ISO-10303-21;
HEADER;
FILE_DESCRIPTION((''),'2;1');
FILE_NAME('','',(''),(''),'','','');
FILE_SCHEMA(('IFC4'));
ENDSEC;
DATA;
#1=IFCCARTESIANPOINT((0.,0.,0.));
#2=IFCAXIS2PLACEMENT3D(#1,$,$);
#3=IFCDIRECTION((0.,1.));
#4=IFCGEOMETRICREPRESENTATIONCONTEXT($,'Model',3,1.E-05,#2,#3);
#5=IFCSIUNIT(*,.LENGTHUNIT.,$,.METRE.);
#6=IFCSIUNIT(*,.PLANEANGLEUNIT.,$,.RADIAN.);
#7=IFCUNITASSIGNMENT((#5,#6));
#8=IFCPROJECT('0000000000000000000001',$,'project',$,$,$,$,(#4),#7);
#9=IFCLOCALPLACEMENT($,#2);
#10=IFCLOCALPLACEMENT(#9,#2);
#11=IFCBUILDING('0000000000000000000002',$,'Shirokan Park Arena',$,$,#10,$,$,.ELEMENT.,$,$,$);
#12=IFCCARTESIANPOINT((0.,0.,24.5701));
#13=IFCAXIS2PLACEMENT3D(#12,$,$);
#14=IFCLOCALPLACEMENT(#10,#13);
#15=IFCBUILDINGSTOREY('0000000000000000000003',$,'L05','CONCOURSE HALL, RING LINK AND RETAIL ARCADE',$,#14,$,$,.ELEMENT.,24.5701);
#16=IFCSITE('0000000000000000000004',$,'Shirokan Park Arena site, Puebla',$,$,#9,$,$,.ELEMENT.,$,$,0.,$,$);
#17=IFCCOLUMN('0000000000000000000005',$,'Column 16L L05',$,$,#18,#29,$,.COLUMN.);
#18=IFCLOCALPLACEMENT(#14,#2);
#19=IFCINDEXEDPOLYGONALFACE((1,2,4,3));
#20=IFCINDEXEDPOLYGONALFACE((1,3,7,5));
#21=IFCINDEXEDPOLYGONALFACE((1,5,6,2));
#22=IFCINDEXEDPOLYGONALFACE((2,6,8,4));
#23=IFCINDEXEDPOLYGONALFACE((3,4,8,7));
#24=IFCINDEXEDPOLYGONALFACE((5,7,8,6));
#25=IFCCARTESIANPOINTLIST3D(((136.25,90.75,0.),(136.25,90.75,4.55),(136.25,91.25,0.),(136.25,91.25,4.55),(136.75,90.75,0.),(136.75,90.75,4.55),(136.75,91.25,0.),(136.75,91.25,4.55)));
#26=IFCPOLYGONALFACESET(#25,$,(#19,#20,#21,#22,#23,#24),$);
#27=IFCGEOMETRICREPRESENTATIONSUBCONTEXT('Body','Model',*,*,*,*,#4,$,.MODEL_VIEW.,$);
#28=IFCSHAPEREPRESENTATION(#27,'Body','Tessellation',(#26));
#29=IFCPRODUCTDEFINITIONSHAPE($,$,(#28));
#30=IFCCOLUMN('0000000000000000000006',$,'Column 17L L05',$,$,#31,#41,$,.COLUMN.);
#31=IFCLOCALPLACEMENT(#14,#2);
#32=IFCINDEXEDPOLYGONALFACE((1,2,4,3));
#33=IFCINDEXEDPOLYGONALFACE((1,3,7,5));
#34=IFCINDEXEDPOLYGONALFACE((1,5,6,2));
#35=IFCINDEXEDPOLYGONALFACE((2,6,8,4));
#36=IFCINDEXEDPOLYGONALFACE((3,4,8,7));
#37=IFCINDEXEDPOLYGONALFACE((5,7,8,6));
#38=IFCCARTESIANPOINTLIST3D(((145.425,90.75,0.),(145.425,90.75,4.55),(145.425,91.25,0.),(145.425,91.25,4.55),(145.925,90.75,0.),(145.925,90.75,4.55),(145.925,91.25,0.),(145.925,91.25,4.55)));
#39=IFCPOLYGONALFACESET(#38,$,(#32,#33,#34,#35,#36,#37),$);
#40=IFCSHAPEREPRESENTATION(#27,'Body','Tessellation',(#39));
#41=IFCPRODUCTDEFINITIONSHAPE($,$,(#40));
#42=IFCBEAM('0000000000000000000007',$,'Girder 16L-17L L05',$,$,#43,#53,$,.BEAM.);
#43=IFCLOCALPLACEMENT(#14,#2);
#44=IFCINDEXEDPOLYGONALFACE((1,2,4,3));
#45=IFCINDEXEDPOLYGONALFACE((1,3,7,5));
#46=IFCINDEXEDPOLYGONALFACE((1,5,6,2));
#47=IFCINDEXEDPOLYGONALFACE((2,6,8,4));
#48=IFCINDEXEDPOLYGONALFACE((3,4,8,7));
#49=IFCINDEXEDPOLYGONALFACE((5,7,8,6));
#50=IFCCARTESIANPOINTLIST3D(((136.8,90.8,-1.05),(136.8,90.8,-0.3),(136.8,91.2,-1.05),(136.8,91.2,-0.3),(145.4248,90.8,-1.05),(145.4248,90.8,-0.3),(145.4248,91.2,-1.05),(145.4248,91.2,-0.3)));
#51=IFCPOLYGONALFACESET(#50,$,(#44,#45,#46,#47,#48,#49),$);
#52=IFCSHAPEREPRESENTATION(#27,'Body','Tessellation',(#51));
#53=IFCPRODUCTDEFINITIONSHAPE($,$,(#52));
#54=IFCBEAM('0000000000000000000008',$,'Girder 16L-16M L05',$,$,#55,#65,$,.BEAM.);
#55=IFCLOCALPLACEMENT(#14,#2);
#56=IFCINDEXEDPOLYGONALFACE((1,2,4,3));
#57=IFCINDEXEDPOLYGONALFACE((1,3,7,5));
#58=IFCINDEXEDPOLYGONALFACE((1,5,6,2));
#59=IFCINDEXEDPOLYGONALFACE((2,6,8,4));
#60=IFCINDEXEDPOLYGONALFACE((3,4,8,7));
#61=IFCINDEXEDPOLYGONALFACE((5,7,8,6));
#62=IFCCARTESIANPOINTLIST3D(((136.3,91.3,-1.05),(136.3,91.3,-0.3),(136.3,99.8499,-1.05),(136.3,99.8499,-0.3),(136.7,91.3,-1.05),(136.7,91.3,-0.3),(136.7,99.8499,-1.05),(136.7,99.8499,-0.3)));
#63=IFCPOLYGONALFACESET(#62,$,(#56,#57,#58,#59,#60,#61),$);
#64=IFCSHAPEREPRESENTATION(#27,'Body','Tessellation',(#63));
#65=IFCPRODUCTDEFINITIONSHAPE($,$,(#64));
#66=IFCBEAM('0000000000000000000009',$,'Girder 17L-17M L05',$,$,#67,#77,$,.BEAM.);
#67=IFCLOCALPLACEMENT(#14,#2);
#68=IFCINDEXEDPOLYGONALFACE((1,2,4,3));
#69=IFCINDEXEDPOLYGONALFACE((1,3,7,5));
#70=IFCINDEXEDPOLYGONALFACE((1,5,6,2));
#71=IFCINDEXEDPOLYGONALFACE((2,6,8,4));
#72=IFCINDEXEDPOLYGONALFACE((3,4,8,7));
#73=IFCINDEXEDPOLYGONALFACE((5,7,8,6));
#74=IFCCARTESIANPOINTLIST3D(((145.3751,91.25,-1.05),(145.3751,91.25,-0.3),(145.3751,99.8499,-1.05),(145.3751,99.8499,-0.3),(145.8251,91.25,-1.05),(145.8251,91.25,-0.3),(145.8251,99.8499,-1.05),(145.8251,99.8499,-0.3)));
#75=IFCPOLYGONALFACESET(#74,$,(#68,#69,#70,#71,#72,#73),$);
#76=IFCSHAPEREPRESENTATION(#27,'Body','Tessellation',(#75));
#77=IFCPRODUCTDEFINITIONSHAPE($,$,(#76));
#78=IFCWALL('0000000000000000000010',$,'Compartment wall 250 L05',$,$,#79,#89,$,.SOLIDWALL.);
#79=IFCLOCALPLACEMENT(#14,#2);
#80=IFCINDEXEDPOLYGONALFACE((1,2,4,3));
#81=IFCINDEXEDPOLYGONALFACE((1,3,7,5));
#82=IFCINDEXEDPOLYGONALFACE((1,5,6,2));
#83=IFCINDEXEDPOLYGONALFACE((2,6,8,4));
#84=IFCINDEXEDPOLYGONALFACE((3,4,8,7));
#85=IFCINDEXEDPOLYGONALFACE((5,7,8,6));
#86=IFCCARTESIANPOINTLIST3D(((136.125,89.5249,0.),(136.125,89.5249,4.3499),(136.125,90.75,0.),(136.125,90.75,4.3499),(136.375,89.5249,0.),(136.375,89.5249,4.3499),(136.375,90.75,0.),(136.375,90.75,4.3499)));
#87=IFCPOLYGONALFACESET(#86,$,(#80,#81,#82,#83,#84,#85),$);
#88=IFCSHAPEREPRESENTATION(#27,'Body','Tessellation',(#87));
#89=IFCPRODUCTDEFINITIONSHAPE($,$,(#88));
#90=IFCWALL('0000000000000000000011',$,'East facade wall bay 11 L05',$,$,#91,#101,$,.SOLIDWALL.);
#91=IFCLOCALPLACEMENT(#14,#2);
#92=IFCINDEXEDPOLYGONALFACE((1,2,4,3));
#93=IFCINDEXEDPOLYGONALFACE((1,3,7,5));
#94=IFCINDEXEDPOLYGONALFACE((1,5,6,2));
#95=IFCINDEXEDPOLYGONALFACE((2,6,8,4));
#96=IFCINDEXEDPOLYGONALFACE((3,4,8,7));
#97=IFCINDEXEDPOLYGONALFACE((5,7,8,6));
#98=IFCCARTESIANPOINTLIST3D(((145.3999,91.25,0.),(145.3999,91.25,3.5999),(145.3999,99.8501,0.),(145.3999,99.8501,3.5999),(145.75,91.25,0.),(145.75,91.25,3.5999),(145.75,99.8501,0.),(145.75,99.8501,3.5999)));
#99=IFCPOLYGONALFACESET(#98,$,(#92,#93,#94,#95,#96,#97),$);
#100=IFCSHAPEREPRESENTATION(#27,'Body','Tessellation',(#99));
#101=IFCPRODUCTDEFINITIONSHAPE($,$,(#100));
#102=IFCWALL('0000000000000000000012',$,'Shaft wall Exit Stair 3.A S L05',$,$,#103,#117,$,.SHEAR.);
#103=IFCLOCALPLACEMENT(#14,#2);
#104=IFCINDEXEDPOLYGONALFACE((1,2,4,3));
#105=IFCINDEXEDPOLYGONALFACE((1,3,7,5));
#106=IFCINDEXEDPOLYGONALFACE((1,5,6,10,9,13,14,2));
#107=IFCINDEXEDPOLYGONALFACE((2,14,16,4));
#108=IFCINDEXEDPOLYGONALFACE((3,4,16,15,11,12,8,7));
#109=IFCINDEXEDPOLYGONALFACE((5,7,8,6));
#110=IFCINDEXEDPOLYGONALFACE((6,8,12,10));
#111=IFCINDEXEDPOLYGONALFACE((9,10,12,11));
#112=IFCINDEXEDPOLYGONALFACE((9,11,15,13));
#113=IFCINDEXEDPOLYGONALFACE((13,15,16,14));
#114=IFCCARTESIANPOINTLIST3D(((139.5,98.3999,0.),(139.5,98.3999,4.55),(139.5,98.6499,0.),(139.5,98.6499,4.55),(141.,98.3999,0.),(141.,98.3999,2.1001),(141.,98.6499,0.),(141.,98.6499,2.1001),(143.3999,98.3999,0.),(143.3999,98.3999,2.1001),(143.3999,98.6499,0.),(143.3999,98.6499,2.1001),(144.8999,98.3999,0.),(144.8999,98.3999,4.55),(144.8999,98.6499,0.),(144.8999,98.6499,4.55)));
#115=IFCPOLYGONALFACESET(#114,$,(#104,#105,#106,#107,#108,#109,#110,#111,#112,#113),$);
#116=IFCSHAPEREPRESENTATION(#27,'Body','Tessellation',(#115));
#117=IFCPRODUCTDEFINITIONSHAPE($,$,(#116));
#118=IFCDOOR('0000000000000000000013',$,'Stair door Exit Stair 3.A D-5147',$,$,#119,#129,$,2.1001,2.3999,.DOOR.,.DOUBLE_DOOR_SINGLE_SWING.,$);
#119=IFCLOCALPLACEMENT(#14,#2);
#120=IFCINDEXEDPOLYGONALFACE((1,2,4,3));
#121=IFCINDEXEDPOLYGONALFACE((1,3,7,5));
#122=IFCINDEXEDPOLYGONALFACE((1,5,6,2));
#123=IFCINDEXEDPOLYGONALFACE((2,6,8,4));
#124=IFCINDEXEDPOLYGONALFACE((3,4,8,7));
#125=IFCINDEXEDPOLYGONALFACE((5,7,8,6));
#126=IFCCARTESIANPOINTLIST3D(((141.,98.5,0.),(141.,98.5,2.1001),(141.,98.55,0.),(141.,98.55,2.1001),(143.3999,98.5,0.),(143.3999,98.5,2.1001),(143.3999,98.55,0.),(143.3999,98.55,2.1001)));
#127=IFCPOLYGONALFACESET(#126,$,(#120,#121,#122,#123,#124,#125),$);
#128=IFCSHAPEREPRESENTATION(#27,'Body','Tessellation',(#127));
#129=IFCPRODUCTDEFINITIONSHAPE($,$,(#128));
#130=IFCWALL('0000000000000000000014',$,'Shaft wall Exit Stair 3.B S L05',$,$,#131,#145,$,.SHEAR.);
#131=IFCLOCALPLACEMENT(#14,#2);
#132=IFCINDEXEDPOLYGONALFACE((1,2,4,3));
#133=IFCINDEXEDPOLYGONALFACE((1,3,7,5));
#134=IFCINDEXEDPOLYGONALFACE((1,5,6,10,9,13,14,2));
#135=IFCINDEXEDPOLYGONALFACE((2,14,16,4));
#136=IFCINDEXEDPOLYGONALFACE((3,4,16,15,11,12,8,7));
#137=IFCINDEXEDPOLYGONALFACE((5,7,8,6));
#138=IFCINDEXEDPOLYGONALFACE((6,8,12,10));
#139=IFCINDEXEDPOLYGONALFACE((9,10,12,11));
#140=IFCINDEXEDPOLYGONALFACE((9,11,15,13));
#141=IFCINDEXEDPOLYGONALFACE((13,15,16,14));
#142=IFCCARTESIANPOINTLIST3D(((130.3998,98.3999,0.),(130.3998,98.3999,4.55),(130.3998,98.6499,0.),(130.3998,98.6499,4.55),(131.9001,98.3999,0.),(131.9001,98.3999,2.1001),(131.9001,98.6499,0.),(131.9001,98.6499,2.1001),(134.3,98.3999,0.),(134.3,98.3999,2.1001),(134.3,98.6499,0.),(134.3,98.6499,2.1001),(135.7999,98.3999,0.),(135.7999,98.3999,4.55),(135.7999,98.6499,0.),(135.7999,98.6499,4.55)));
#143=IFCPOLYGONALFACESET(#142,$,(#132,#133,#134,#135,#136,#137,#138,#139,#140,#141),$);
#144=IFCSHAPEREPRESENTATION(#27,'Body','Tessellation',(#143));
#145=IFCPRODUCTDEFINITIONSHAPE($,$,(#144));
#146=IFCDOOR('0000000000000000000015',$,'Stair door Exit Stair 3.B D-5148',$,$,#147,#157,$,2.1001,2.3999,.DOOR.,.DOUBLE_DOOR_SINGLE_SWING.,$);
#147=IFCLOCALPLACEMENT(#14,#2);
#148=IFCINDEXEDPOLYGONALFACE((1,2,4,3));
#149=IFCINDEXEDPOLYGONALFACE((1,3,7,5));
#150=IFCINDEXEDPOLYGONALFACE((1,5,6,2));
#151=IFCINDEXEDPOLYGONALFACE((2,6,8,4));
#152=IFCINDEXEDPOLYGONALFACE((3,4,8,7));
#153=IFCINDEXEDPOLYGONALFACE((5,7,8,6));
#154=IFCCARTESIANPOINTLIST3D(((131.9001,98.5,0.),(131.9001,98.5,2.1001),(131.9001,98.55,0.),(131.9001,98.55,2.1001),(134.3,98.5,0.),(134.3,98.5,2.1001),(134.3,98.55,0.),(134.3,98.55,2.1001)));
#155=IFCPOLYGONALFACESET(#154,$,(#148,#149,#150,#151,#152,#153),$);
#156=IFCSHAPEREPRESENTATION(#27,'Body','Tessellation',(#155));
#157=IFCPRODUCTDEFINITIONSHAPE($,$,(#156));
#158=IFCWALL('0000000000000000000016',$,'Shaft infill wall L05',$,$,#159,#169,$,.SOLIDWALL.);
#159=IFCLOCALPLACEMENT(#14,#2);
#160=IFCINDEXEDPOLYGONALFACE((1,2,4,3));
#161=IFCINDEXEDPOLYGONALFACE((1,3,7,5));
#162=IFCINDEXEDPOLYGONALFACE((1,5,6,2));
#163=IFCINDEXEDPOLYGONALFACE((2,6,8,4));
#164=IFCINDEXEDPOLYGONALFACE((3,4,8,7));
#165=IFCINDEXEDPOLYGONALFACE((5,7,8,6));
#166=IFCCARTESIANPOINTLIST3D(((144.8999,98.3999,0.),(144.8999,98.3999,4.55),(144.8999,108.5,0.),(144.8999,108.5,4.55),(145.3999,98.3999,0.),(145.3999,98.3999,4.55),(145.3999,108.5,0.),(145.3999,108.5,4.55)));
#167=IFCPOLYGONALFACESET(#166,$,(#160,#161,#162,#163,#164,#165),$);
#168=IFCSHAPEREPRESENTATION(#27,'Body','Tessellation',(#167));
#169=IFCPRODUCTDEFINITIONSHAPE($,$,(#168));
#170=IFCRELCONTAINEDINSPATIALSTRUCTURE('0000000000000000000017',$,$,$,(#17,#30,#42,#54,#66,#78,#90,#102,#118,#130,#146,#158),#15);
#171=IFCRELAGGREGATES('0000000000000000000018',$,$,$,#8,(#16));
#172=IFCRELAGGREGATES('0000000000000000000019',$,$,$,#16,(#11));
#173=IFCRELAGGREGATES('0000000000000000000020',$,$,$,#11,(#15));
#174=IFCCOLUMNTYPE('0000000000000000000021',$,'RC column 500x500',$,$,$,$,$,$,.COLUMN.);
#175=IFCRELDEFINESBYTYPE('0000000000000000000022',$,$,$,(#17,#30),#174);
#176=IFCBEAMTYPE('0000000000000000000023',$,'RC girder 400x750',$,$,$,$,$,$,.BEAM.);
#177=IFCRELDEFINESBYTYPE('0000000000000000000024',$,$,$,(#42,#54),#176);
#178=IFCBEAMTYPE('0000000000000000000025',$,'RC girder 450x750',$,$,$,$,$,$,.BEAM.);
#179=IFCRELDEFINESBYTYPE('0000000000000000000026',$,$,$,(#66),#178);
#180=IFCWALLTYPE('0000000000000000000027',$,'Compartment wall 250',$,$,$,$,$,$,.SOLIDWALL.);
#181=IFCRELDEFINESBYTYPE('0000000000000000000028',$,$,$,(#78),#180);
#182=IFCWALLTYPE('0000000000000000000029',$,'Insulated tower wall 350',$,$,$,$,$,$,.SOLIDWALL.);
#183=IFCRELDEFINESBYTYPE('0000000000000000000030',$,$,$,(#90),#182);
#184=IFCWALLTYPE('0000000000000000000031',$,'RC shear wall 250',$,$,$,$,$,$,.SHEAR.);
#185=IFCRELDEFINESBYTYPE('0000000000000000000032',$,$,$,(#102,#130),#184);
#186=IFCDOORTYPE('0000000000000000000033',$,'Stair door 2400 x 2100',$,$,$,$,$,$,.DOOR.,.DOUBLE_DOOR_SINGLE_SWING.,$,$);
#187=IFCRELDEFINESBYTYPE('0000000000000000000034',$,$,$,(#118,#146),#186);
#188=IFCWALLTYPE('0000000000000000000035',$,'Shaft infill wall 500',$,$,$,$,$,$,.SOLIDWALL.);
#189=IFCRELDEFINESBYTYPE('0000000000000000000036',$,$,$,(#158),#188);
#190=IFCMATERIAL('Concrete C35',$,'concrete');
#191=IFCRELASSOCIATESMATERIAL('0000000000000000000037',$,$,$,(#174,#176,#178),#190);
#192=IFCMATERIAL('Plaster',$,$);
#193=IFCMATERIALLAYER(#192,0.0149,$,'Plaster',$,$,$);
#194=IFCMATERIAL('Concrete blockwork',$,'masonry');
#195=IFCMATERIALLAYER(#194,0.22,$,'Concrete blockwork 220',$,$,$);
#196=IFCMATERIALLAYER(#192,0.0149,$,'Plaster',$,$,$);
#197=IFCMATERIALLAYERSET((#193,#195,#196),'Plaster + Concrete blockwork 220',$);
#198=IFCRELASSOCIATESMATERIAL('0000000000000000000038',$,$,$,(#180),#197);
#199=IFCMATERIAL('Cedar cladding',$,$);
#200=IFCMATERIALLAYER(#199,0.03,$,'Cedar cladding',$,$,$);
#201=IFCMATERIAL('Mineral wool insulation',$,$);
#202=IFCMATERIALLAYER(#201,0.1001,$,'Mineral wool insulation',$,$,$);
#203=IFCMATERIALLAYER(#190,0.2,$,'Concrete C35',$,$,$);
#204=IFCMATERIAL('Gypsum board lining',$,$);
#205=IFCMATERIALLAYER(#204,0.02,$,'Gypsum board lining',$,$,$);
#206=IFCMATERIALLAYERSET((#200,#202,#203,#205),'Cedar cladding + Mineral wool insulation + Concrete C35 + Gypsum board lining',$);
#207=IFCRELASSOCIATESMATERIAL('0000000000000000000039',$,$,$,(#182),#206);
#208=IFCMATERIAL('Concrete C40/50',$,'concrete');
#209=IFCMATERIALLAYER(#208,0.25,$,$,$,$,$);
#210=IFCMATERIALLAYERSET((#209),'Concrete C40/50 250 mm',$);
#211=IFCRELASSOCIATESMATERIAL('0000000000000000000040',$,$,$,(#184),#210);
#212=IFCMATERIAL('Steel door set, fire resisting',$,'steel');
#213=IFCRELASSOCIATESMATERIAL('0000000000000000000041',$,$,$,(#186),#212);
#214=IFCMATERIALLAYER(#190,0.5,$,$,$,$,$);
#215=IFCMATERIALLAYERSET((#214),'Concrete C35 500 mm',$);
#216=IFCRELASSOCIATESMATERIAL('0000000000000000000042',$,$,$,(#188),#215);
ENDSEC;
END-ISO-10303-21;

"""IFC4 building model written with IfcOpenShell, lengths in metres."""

from ifc_helpers import new_model, si_unit, direction, frame, frame_2d, origin, origin_2d, place, context, subcontext, project, spatial, rectangle, extrude, material, layer, layer_set, material_profile, profile_set, type_object, element, fill, save


model = new_model("IFC4")

# Units and contexts
model_context = context("Model", 3, precision=1e-05, world=origin(), true_north=direction((0.0, 1.0)))
body_context = subcontext(model_context, "Body", "Model", "MODEL_VIEW")
ifc_project = project(units=[si_unit("LENGTHUNIT", "METRE"), si_unit("PLANEANGLEUNIT", "RADIAN")], contexts=[model_context])

# Site, building, storey
site_placement = place(None, origin())
site = spatial("IfcSite", under=ifc_project, at=site_placement, Name="Shirokan Park Arena site, Puebla", CompositionType="ELEMENT", RefElevation=0.0)
building_placement = place(site_placement, origin())
building = spatial("IfcBuilding", under=site, at=building_placement, Name="Shirokan Park Arena", CompositionType="ELEMENT")
storey_placement = place(building_placement, frame((0.0, 0.0, 24.5701)))
storey = spatial("IfcBuildingStorey", under=building, at=storey_placement, Name="L05", Description="CONCOURSE HALL, RING LINK AND RETAIL ARCADE", CompositionType="ELEMENT", Elevation=24.5701)

# Columns
ifc_material_1 = material(Name="Concrete C35", Category="concrete")
ifc_material_profile_1 = material_profile(ifc_material_1, rectangle(XDim=0.5, YDim=0.5, at=origin_2d()), Name="500x500")
ifc_profile_set_1 = profile_set([ifc_material_profile_1], Name="Concrete C35")
column_type = type_object("IfcColumnType", Name="RC column 500x500", PredefinedType="COLUMN", material=ifc_profile_set_1)
for number, where, z_axis, x_axis, name in (
    (1, (136.5, 91.0, 0.0), (0.0, 0.0, 1.0), (1.0, 0.0, 0.0), "Column 16L L05"),
    (2, (145.675, 91.0, 0.0), (0.0, 0.0, 1.0), (1.0, 0.0, 0.0), "Column 17L L05"),
):
    element("IfcColumn", number, at=place(storey_placement, frame(where, z_axis=z_axis, x_axis=x_axis)), inside=storey, type_object=column_type, Name=name, PredefinedType="COLUMN", context=body_context, shape_type="SweptSolid", body=[
        extrude(rectangle(XDim=0.5, YDim=0.5, at=origin_2d()), origin(), (0.0, 0.0, 1.0), 4.55),
    ])

# Beams
ifc_material_profile_2 = material_profile(ifc_material_1, rectangle(XDim=0.3999, YDim=0.75, at=origin_2d()), Name="400x750")
ifc_profile_set_2 = profile_set([ifc_material_profile_2], Name="Concrete C35")
beam_type_1 = type_object("IfcBeamType", Name="RC girder 400x750", PredefinedType="BEAM", material=ifc_profile_set_2)
beam_1_placement = place(storey_placement, frame((136.8, 91.0, -0.675), z_axis=(1.0, 0.0, 0.0), x_axis=(0.0, 1.0, 0.0)))
element("IfcBeam", 3, at=beam_1_placement, inside=storey, type_object=beam_type_1, Name="Girder 16L-17L L05", PredefinedType="BEAM", context=body_context, shape_type="SweptSolid", body=[
    extrude(rectangle(XDim=0.3999, YDim=0.75, at=origin_2d()), origin(), (0.0, 0.0, 1.0), 8.6248),
])
beam_2_placement = place(storey_placement, frame((136.5, 91.3, -0.675), z_axis=(0.0, 1.0, 0.0), x_axis=(-1.0, 0.0, 0.0)))
element("IfcBeam", 4, at=beam_2_placement, inside=storey, type_object=beam_type_1, Name="Girder 16L-16M L05", PredefinedType="BEAM", context=body_context, shape_type="SweptSolid", body=[
    extrude(rectangle(XDim=0.3999, YDim=0.75, at=origin_2d()), origin(), (0.0, 0.0, 1.0), 8.5498),
])
ifc_material_profile_3 = material_profile(ifc_material_1, rectangle(XDim=0.45, YDim=0.75, at=origin_2d()), Name="450x750")
ifc_profile_set_3 = profile_set([ifc_material_profile_3], Name="Concrete C35")
beam_type_2 = type_object("IfcBeamType", Name="RC girder 450x750", PredefinedType="BEAM", material=ifc_profile_set_3)
beam_3_placement = place(storey_placement, frame((145.6001, 91.25, -0.675), z_axis=(0.0, 1.0, 0.0), x_axis=(-1.0, 0.0, 0.0)))
element("IfcBeam", 5, at=beam_3_placement, inside=storey, type_object=beam_type_2, Name="Girder 17L-17M L05", PredefinedType="BEAM", context=body_context, shape_type="SweptSolid", body=[
    extrude(rectangle(XDim=0.45, YDim=0.75, at=origin_2d()), origin(), (0.0, 0.0, 1.0), 8.5999),
])

# Walls
ifc_material_2 = material(Name="Plaster")
ifc_layer_1 = layer(ifc_material_2, 0.0149, Name="Plaster")
ifc_material_3 = material(Name="Concrete blockwork", Category="masonry")
ifc_layer_2 = layer(ifc_material_3, 0.22, Name="Concrete blockwork 220")
ifc_layer_3 = layer(ifc_material_2, 0.0149, Name="Plaster")
ifc_layer_set_1 = layer_set([ifc_layer_1, ifc_layer_2, ifc_layer_3], Name="Plaster + Concrete blockwork 220")
wall_type_1 = type_object("IfcWallType", Name="Compartment wall 250", PredefinedType="SOLIDWALL", material=ifc_layer_set_1)
wall_1_placement = place(storey_placement, frame((136.25, 90.75, 0.0), z_axis=(0.0, 0.0, 1.0), x_axis=(0.0, -1.0, 0.0)))
element("IfcWall", 6, at=wall_1_placement, inside=storey, type_object=wall_type_1, Name="Compartment wall 250 L05", PredefinedType="SOLIDWALL", context=body_context, shape_type="SweptSolid", body=[
    extrude(rectangle(XDim=1.2251, YDim=0.25, at=frame_2d((0.6125, 0.0))), origin(), (0.0, 0.0, 1.0), 4.3499),
])
ifc_material_4 = material(Name="Cedar cladding")
ifc_layer_4 = layer(ifc_material_4, 0.03, Name="Cedar cladding")
ifc_material_5 = material(Name="Mineral wool insulation")
ifc_layer_5 = layer(ifc_material_5, 0.1001, Name="Mineral wool insulation")
ifc_layer_6 = layer(ifc_material_1, 0.2, Name="Concrete C35")
ifc_material_6 = material(Name="Gypsum board lining")
ifc_layer_7 = layer(ifc_material_6, 0.02, Name="Gypsum board lining")
ifc_layer_set_2 = layer_set([ifc_layer_4, ifc_layer_5, ifc_layer_6, ifc_layer_7], Name="Cedar cladding + Mineral wool insulation + Concrete C35 + Gypsum board lining")
wall_type_2 = type_object("IfcWallType", Name="Insulated tower wall 350", PredefinedType="SOLIDWALL", material=ifc_layer_set_2)
wall_2_placement = place(storey_placement, frame((145.575, 91.25, 0.0), z_axis=(0.0, 0.0, 1.0), x_axis=(0.0, 1.0, 0.0)))
element("IfcWall", 7, at=wall_2_placement, inside=storey, type_object=wall_type_2, Name="East facade wall bay 11 L05", PredefinedType="SOLIDWALL", context=body_context, shape_type="SweptSolid", body=[
    extrude(rectangle(XDim=8.6001, YDim=0.3501, at=frame_2d((4.3, 0.0))), origin(), (0.0, 0.0, 1.0), 3.5999),
])

# Walls, openings, doors
ifc_material_7 = material(Name="Concrete C40/50", Category="concrete")
ifc_layer_8 = layer(ifc_material_7, 0.25)
ifc_layer_set_3 = layer_set([ifc_layer_8], Name="Concrete C40/50 250 mm")
wall_type_3 = type_object("IfcWallType", Name="RC shear wall 250", PredefinedType="SHEAR", material=ifc_layer_set_3)
wall_3_placement = place(storey_placement, frame((144.8999, 98.5249, 0.0), z_axis=(0.0, 0.0, 1.0), x_axis=(-1.0, 0.0, 0.0)))
wall_3 = element("IfcWall", 8, at=wall_3_placement, inside=storey, type_object=wall_type_3, Name="Shaft wall Exit Stair 3.A S L05", PredefinedType="SHEAR", context=body_context, shape_type="SweptSolid", body=[
    extrude(rectangle(XDim=5.3999, YDim=0.25, at=frame_2d((2.7, 0.0))), origin(), (0.0, 0.0, 1.0), 4.55),
])
opening_1_placement = place(wall_3_placement, frame((1.5, 0.0, 0.0)))
opening_1 = element("IfcOpeningElement", 9, at=opening_1_placement, cuts=wall_3, PredefinedType="OPENING", context=body_context, shape_type="SweptSolid", body=[
    extrude(rectangle(XDim=2.3999, YDim=2.1001, at=frame_2d((1.2, 1.05))), frame((0.0, 0.135, 0.0), z_axis=(0.0, -1.0, 0.0), x_axis=(1.0, 0.0, 0.0)), (0.0, 0.0, 1.0), 0.27),
])
ifc_material_8 = material(Name="Steel door set, fire resisting", Category="steel")
door_type_1 = type_object("IfcDoorType", Name="Stair door 2400 x 2100", OperationType="DOUBLE_DOOR_SINGLE_SWING", PredefinedType="DOOR", material=ifc_material_8)
door_1_placement = place(opening_1_placement, origin())
door_1 = element("IfcDoor", 10, at=door_1_placement, inside=storey, type_object=door_type_1, Name="Stair door Exit Stair 3.A D-5147", OperationType="DOUBLE_DOOR_SINGLE_SWING", OverallHeight=2.1001, OverallWidth=2.3999, PredefinedType="DOOR", context=body_context, shape_type="SweptSolid", body=[
    extrude(rectangle(XDim=2.3999, YDim=2.1001, at=frame_2d((1.2, 1.05))), frame((0.0, 0.0249, 0.0), z_axis=(0.0, -1.0, 0.0), x_axis=(1.0, 0.0, 0.0)), (0.0, 0.0, 1.0), 0.05),
])
fill(opening_1, door_1)
wall_4_placement = place(storey_placement, frame((135.8, 98.5249, 0.0), z_axis=(0.0, 0.0, 1.0), x_axis=(-1.0, 0.0, 0.0)))
wall_4 = element("IfcWall", 11, at=wall_4_placement, inside=storey, type_object=wall_type_3, Name="Shaft wall Exit Stair 3.B S L05", PredefinedType="SHEAR", context=body_context, shape_type="SweptSolid", body=[
    extrude(rectangle(XDim=5.4001, YDim=0.25, at=frame_2d((2.7002, 0.0))), origin(), (0.0, 0.0, 1.0), 4.55),
])
opening_2_placement = place(wall_4_placement, frame((1.5, 0.0, 0.0)))
opening_2 = element("IfcOpeningElement", 12, at=opening_2_placement, cuts=wall_4, PredefinedType="OPENING", context=body_context, shape_type="SweptSolid", body=[
    extrude(rectangle(XDim=2.3999, YDim=2.1001, at=frame_2d((1.2, 1.05))), frame((0.0, 0.135, 0.0), z_axis=(0.0, -1.0, 0.0), x_axis=(1.0, 0.0, 0.0)), (0.0, 0.0, 1.0), 0.27),
])
door_2_placement = place(opening_2_placement, origin())
door_2 = element("IfcDoor", 13, at=door_2_placement, inside=storey, type_object=door_type_1, Name="Stair door Exit Stair 3.B D-5148", OperationType="DOUBLE_DOOR_SINGLE_SWING", OverallHeight=2.1001, OverallWidth=2.3999, PredefinedType="DOOR", context=body_context, shape_type="SweptSolid", body=[
    extrude(rectangle(XDim=2.3999, YDim=2.1001, at=frame_2d((1.2, 1.05))), frame((0.0, 0.0249, 0.0), z_axis=(0.0, -1.0, 0.0), x_axis=(1.0, 0.0, 0.0)), (0.0, 0.0, 1.0), 0.05),
])
fill(opening_2, door_2)

# Wall
ifc_layer_9 = layer(ifc_material_1, 0.5)
ifc_layer_set_4 = layer_set([ifc_layer_9], Name="Concrete C35 500 mm")
wall_type_4 = type_object("IfcWallType", Name="Shaft infill wall 500", PredefinedType="SOLIDWALL", material=ifc_layer_set_4)
wall_5_placement = place(storey_placement, frame((145.1499, 98.3999, 0.0), z_axis=(0.0, 0.0, 1.0), x_axis=(0.0, 1.0, 0.0)))
element("IfcWall", 14, at=wall_5_placement, inside=storey, type_object=wall_type_4, Name="Shaft infill wall L05", PredefinedType="SOLIDWALL", context=body_context, shape_type="SweptSolid", body=[
    extrude(rectangle(XDim=10.1001, YDim=0.5, at=frame_2d((5.05, 0.0))), origin(), (0.0, 0.0, 1.0), 4.55),
])

save(model, "model.ifc")
